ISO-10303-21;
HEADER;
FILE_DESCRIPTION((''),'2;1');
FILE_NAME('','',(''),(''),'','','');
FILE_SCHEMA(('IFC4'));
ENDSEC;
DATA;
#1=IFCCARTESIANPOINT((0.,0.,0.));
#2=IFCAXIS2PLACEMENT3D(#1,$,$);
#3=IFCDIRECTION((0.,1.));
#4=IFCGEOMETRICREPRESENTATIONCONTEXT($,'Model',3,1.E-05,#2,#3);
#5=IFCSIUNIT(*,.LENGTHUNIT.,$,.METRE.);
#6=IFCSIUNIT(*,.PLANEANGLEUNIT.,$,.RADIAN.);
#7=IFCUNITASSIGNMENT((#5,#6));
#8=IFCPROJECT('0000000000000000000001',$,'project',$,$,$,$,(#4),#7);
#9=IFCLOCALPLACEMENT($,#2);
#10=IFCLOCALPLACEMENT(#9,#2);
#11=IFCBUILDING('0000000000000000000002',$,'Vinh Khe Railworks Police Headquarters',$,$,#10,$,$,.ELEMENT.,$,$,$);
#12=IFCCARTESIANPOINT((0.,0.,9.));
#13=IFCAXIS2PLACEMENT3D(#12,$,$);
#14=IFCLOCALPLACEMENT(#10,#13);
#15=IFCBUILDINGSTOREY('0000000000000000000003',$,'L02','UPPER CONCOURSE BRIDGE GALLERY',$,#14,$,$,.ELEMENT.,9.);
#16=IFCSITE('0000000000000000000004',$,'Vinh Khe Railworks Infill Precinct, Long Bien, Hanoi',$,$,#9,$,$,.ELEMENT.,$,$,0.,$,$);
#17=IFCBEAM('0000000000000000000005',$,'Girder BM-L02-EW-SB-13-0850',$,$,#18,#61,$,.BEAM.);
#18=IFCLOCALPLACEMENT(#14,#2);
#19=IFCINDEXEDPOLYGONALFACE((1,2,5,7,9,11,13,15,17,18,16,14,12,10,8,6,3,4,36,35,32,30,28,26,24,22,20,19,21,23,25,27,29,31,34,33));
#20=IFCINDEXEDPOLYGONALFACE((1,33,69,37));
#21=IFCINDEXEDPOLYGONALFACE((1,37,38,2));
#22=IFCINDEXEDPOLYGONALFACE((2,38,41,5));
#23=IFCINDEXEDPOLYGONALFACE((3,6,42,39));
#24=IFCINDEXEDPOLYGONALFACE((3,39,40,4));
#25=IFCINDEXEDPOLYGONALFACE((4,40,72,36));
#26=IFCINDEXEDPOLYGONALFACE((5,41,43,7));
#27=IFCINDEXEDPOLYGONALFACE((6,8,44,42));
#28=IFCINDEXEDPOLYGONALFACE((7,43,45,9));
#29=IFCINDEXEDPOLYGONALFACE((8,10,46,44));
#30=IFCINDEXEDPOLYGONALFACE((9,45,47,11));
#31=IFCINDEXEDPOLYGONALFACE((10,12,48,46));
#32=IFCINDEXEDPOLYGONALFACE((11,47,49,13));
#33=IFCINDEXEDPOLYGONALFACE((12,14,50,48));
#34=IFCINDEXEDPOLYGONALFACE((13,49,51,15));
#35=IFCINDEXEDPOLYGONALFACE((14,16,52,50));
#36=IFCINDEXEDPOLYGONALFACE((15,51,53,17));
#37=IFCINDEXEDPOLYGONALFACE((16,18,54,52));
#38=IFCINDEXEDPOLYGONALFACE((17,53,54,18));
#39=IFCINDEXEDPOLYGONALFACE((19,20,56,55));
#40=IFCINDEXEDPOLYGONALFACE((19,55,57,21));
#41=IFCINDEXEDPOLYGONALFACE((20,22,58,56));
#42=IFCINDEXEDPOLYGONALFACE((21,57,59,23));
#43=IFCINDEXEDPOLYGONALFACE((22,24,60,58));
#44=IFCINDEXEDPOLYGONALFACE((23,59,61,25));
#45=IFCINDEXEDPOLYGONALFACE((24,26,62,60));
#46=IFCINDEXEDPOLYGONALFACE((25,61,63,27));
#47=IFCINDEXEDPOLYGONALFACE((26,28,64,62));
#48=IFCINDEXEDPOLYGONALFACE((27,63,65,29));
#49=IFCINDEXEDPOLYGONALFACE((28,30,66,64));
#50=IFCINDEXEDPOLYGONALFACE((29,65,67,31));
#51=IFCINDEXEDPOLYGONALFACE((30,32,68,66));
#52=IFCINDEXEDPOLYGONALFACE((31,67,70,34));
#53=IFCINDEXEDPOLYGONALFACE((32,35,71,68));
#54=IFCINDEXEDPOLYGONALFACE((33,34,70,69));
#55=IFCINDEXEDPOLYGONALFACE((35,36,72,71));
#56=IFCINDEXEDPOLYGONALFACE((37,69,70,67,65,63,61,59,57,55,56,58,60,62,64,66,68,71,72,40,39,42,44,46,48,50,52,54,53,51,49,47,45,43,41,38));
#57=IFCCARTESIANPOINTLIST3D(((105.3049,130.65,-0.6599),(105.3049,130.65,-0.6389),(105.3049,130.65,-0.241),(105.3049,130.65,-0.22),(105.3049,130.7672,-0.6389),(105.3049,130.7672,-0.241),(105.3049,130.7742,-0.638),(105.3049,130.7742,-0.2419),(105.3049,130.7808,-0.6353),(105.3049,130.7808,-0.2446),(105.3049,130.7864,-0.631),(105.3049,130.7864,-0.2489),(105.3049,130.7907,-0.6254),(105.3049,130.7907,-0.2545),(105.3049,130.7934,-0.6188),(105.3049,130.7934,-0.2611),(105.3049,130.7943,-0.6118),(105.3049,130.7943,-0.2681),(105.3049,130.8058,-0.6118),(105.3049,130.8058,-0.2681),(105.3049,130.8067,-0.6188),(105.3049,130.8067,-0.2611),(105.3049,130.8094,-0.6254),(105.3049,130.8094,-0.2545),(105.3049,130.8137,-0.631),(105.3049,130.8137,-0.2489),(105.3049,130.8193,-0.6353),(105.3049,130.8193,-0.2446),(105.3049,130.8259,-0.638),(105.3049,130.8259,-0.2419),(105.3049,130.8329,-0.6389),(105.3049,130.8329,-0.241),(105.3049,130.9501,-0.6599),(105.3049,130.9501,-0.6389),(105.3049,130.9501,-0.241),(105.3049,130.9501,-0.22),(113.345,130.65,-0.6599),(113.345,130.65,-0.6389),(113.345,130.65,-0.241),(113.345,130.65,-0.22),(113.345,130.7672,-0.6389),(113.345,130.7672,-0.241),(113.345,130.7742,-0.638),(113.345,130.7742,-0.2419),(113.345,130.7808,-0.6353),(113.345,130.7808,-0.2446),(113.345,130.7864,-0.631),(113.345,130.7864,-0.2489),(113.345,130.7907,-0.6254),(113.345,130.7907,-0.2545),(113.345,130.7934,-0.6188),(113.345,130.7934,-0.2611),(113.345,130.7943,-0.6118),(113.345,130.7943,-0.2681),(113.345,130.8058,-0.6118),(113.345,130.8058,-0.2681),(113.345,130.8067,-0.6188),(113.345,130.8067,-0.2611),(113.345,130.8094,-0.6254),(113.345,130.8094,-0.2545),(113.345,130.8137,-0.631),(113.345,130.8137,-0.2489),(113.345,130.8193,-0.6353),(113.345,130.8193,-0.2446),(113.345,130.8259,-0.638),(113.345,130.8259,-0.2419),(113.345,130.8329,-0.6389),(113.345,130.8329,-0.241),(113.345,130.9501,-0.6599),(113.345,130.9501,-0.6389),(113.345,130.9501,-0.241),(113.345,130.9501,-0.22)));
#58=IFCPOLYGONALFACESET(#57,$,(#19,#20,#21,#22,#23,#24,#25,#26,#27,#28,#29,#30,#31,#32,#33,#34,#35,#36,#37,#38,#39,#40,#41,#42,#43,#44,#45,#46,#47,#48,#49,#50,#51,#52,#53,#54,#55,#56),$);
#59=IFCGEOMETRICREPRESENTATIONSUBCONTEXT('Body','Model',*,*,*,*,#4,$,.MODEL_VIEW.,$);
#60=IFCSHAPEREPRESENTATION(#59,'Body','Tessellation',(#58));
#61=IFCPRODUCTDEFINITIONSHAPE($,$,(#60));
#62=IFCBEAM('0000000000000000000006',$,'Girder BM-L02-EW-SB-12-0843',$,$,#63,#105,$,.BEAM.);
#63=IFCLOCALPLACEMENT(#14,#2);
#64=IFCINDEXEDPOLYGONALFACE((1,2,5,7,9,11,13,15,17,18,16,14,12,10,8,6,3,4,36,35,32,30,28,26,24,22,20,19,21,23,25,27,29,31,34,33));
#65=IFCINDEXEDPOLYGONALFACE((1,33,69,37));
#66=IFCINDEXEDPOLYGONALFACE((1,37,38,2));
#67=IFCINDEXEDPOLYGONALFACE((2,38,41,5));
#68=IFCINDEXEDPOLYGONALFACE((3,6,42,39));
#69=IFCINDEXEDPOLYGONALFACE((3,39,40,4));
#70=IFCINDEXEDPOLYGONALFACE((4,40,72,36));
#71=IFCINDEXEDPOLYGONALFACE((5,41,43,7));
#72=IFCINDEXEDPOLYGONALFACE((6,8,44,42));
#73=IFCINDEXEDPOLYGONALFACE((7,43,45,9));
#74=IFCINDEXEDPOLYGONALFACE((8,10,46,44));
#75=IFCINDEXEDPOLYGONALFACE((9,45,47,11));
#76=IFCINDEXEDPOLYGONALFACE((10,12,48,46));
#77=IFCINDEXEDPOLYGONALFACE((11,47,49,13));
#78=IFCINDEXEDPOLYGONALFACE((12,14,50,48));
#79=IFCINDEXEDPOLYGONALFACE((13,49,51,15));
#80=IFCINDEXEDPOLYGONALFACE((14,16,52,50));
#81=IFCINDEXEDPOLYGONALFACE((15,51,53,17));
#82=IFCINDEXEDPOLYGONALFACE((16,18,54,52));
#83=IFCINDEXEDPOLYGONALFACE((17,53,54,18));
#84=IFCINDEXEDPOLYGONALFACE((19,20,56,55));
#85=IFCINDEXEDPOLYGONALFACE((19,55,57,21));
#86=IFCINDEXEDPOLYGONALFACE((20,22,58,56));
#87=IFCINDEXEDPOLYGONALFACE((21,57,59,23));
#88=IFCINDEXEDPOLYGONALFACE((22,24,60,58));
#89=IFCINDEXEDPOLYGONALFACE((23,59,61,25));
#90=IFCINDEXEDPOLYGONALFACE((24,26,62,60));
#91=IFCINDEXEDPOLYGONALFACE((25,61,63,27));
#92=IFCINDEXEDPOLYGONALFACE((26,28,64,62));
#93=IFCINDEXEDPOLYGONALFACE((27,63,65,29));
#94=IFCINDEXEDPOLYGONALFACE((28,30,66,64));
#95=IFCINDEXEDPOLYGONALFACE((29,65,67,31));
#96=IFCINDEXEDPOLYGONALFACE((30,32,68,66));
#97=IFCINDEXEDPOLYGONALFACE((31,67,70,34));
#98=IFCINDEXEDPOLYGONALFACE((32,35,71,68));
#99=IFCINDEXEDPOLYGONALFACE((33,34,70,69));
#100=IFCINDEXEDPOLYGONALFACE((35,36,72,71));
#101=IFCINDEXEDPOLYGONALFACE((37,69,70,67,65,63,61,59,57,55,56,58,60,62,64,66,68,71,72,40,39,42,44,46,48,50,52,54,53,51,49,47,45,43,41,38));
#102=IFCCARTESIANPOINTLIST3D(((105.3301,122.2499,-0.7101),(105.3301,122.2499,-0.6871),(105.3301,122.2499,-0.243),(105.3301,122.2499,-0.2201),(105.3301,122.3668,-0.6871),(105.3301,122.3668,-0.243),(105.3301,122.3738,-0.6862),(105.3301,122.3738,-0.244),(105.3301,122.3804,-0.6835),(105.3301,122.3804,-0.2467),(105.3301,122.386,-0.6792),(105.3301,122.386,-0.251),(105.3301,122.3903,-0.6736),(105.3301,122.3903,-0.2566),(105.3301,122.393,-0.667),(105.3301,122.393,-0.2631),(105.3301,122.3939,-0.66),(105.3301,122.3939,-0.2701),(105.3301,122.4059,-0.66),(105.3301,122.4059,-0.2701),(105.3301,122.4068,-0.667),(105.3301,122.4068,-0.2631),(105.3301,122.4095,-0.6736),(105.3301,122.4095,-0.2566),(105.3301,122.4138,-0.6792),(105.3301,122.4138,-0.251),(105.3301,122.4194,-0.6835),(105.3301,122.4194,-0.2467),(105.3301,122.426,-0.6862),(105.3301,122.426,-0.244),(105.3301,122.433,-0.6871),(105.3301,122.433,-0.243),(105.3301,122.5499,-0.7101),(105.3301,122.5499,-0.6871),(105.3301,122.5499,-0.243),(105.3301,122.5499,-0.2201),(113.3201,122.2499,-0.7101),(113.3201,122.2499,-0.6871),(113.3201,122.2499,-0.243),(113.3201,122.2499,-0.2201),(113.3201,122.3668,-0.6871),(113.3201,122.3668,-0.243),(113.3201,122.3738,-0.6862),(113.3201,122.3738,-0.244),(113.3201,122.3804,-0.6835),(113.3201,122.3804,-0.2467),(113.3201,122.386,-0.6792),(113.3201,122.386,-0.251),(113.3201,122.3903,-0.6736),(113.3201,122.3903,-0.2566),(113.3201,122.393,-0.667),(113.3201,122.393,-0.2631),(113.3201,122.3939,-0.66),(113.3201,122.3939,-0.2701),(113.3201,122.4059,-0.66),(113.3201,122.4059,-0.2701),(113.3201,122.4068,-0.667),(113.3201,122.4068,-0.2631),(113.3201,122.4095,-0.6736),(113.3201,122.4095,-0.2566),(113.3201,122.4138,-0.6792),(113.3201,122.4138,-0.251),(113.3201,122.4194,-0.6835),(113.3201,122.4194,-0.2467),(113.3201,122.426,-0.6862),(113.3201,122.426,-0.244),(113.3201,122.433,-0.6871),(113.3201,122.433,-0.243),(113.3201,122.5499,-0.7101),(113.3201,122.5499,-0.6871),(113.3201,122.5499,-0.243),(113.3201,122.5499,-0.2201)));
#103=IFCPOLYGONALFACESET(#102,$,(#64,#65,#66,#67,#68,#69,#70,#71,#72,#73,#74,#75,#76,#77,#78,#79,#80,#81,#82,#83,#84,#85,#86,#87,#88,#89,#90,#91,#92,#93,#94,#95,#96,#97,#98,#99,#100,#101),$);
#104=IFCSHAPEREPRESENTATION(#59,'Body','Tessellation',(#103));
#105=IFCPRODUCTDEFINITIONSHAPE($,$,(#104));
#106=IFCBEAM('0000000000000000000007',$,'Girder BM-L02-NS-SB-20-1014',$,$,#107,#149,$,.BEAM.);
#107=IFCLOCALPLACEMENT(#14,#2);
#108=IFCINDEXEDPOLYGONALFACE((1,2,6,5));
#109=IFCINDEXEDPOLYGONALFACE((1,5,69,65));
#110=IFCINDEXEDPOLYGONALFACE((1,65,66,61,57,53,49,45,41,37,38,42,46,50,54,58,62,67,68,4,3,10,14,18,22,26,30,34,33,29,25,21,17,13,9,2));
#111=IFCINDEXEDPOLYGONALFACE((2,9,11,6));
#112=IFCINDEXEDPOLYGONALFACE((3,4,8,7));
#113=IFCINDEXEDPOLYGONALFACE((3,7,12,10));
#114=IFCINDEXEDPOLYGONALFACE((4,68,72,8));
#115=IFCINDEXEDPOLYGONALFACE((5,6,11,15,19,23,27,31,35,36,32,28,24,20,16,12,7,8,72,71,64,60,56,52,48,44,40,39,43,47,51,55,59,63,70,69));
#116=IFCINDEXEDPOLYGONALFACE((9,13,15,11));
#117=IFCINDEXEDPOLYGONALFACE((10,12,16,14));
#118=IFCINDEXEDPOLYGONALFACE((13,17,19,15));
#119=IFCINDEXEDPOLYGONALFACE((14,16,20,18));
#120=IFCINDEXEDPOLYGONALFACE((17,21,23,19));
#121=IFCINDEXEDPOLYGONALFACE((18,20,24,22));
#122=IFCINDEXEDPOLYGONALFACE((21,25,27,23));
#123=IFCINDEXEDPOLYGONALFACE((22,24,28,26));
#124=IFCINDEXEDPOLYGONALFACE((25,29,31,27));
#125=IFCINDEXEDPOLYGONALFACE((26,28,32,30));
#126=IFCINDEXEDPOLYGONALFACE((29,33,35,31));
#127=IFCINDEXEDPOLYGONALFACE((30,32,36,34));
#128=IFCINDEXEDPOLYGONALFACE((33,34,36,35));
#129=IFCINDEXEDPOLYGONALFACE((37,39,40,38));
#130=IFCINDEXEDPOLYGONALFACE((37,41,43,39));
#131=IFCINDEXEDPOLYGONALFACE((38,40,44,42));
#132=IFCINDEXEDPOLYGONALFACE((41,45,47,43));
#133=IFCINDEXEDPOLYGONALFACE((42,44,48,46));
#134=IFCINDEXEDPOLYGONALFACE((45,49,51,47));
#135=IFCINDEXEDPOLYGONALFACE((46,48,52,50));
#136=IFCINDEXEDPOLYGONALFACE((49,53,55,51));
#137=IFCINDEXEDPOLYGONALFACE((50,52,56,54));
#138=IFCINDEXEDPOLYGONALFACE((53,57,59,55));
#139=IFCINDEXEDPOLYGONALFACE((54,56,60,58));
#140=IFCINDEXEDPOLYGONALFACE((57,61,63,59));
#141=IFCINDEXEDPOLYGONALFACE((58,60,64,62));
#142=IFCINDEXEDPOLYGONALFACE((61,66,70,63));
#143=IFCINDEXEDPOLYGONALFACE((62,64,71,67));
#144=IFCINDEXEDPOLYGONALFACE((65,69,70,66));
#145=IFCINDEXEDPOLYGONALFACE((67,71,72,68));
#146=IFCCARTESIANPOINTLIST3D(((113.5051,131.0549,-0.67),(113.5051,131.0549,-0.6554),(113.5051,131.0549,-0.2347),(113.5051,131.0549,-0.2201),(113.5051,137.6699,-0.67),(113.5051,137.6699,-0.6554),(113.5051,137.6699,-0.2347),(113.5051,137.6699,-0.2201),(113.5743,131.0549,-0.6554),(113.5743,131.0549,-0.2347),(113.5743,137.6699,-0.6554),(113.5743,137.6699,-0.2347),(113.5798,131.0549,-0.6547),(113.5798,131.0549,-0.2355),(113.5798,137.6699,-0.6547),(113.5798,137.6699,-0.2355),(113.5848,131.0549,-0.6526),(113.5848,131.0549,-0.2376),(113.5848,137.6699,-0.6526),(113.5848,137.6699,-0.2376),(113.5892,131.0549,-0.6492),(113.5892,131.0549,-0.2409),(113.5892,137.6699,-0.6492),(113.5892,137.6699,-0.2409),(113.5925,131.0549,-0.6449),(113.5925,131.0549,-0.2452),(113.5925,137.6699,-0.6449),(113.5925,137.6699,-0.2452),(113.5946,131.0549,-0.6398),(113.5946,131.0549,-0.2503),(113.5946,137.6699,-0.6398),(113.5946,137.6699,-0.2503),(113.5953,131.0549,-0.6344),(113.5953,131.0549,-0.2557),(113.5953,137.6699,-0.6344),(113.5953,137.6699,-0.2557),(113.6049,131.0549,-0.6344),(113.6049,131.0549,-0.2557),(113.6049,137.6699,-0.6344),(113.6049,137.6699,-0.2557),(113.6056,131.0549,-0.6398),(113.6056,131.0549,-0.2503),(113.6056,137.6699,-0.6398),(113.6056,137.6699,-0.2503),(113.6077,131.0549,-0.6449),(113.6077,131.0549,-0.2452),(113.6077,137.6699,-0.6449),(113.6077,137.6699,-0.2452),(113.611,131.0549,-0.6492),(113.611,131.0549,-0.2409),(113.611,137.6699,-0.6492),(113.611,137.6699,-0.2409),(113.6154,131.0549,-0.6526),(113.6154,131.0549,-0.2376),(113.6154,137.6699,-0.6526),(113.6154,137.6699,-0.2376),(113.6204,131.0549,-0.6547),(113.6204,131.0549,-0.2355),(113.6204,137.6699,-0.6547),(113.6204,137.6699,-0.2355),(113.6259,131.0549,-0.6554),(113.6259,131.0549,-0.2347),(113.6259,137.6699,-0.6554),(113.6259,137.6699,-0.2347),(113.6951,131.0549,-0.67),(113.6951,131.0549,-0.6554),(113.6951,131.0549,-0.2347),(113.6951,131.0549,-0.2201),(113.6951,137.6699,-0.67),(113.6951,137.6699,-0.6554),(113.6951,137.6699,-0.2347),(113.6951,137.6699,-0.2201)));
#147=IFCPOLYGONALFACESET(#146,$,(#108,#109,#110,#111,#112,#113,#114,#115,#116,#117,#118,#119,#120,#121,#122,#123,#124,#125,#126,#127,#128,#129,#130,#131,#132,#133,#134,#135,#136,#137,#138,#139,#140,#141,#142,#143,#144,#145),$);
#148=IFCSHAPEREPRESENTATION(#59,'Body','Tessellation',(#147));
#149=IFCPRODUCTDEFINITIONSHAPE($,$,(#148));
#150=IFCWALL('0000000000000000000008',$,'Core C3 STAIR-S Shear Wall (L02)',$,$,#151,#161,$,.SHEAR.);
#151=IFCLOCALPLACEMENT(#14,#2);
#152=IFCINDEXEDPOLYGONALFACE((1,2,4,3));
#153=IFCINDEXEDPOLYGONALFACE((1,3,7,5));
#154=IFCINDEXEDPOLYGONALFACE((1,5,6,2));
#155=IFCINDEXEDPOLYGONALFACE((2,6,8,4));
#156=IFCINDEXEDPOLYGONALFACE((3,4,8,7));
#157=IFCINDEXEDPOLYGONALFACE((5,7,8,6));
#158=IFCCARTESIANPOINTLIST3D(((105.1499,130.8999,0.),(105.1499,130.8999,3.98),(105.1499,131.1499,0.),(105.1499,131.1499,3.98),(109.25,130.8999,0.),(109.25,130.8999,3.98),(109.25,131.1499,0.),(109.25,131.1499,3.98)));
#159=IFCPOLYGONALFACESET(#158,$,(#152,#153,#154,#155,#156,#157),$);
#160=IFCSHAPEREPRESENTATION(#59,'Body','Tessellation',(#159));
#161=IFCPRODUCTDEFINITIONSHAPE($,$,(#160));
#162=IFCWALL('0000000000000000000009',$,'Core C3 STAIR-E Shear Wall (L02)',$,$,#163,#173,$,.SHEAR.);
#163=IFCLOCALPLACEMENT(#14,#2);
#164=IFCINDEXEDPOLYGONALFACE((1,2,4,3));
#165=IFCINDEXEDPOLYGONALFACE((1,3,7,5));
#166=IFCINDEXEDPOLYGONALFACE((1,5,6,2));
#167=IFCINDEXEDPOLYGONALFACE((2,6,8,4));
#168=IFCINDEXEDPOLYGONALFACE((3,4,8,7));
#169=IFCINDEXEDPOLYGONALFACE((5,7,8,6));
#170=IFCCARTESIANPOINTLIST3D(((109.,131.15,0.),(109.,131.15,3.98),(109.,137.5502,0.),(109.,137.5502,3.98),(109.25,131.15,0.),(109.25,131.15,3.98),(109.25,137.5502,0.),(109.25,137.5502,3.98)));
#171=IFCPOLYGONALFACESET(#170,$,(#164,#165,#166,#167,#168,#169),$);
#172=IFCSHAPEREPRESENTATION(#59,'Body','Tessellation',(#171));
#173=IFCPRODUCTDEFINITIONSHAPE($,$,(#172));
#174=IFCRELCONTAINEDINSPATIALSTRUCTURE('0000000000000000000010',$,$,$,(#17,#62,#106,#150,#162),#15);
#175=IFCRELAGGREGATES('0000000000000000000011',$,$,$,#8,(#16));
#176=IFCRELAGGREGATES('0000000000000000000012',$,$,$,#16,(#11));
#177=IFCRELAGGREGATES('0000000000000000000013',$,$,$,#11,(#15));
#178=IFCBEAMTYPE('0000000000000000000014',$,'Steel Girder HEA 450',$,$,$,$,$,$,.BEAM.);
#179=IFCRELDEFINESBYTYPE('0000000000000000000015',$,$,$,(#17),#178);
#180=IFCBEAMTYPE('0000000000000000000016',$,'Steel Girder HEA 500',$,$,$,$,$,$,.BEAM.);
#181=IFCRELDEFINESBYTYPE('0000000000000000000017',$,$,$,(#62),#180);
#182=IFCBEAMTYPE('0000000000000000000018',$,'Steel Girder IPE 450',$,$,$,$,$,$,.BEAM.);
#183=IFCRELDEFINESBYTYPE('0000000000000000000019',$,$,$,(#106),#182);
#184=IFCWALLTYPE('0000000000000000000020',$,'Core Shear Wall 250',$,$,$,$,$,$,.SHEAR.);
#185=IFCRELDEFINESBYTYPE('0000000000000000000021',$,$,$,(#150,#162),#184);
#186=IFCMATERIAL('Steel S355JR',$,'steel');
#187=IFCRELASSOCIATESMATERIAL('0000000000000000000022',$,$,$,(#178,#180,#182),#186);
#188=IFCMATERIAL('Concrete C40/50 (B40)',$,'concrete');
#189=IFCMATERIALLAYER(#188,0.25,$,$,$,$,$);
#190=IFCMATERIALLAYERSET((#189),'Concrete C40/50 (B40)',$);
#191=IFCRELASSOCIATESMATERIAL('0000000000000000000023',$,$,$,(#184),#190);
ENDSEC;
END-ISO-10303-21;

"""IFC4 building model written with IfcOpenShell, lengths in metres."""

from ifc_helpers import new_model, si_unit, direction, frame, frame_2d, origin, origin_2d, place, context, subcontext, project, spatial, rectangle, i_section, extrude, material, layer, layer_set, material_profile, profile_set, type_object, element, save


model = new_model("IFC4")

# Units and contexts
model_context = context("Model", 3, precision=1e-05, world=origin(), true_north=direction((0.0, 1.0)))
body_context = subcontext(model_context, "Body", "Model", "MODEL_VIEW")
ifc_project = project(units=[si_unit("LENGTHUNIT", "METRE"), si_unit("PLANEANGLEUNIT", "RADIAN")], contexts=[model_context])

# Site, building, storey
site_placement = place(None, origin())
site = spatial("IfcSite", under=ifc_project, at=site_placement, Name="Vinh Khe Railworks Infill Precinct, Long Bien, Hanoi", CompositionType="ELEMENT", RefElevation=0.0)
building_placement = place(site_placement, origin())
building = spatial("IfcBuilding", under=site, at=building_placement, Name="Vinh Khe Railworks Police Headquarters", CompositionType="ELEMENT")
storey_placement = place(building_placement, frame((0.0, 0.0, 9.0)))
storey = spatial("IfcBuildingStorey", under=building, at=storey_placement, Name="L02", Description="UPPER CONCOURSE BRIDGE GALLERY", CompositionType="ELEMENT", Elevation=9.0)

# Shared definitions
ifc_material_1 = material(Name="Steel S355JR", Category="steel")

# Beams
ifc_material_profile_1 = material_profile(ifc_material_1, i_section(OverallWidth=0.3, OverallDepth=0.4399, WebThickness=0.0115, FlangeThickness=0.021, FilletRadius=0.0271, at=origin_2d()), Name="HEA 450")
ifc_profile_set_1 = profile_set([ifc_material_profile_1], Name="Steel S355JR")
beam_type_1 = type_object("IfcBeamType", Name="Steel Girder HEA 450", PredefinedType="BEAM", material=ifc_profile_set_1)
beam_1_placement = place(storey_placement, frame((105.3049, 130.8, -0.4399), z_axis=(1.0, 0.0, 0.0), x_axis=(0.0, 1.0, 0.0)))
element("IfcBeam", 1, at=beam_1_placement, inside=storey, type_object=beam_type_1, Name="Girder BM-L02-EW-SB-13-0850", PredefinedType="BEAM", context=body_context, shape_type="SweptSolid", body=[
    extrude(i_section(OverallWidth=0.3, OverallDepth=0.4399, WebThickness=0.0115, FlangeThickness=0.021, FilletRadius=0.0271, at=origin_2d()), origin(), (0.0, 0.0, 1.0), 8.04),
])
ifc_material_profile_2 = material_profile(ifc_material_1, i_section(OverallWidth=0.3, OverallDepth=0.49, WebThickness=0.012, FlangeThickness=0.0229, FilletRadius=0.0271, at=origin_2d()), Name="HEA 500")
ifc_profile_set_2 = profile_set([ifc_material_profile_2], Name="Steel S355JR")
beam_type_2 = type_object("IfcBeamType", Name="Steel Girder HEA 500", PredefinedType="BEAM", material=ifc_profile_set_2)
beam_2_placement = place(storey_placement, frame((105.3301, 122.3999, -0.4651), z_axis=(1.0, 0.0, 0.0), x_axis=(0.0, 1.0, 0.0)))
element("IfcBeam", 2, at=beam_2_placement, inside=storey, type_object=beam_type_2, Name="Girder BM-L02-EW-SB-12-0843", PredefinedType="BEAM", context=body_context, shape_type="SweptSolid", body=[
    extrude(i_section(OverallWidth=0.3, OverallDepth=0.49, WebThickness=0.012, FlangeThickness=0.0229, FilletRadius=0.0271, at=origin_2d()), origin(), (0.0, 0.0, 1.0), 7.99),
])
ifc_material_profile_3 = material_profile(ifc_material_1, i_section(OverallWidth=0.1899, OverallDepth=0.45, WebThickness=0.0095, FlangeThickness=0.0146, FilletRadius=0.021, at=origin_2d()), Name="IPE 450")
ifc_profile_set_3 = profile_set([ifc_material_profile_3], Name="Steel S355JR")
beam_type_3 = type_object("IfcBeamType", Name="Steel Girder IPE 450", PredefinedType="BEAM", material=ifc_profile_set_3)
beam_3_placement = place(storey_placement, frame((113.6001, 131.0549, -0.4451), z_axis=(0.0, 1.0, 0.0), x_axis=(-1.0, 0.0, 0.0)))
element("IfcBeam", 3, at=beam_3_placement, inside=storey, type_object=beam_type_3, Name="Girder BM-L02-NS-SB-20-1014", PredefinedType="BEAM", context=body_context, shape_type="SweptSolid", body=[
    extrude(i_section(OverallWidth=0.1899, OverallDepth=0.45, WebThickness=0.0095, FlangeThickness=0.0146, FilletRadius=0.021, at=origin_2d()), origin(), (0.0, 0.0, 1.0), 6.615),
])

# Wall
ifc_material_2 = material(Name="Concrete C40/50 (B40)", Category="concrete")
ifc_layer_1 = layer(ifc_material_2, 0.25)
ifc_layer_set_1 = layer_set([ifc_layer_1], Name="Concrete C40/50 (B40)")
wall_type_1 = type_object("IfcWallType", Name="Core Shear Wall 250", PredefinedType="SHEAR", material=ifc_layer_set_1)
wall_1_placement = place(storey_placement, frame((105.1499, 131.0249, 0.0), z_axis=(0.0, 0.0, 1.0), x_axis=(1.0, 0.0, 0.0)))
element("IfcWall", 4, at=wall_1_placement, inside=storey, type_object=wall_type_1, Name="Core C3 STAIR-S Shear Wall (L02)", PredefinedType="SHEAR", context=body_context, shape_type="SweptSolid", body=[
    extrude(rectangle(XDim=4.1001, YDim=0.25, at=frame_2d((2.05, 0.0))), origin(), (0.0, 0.0, 1.0), 3.98),
])

# Wall
wall_2_placement = place(storey_placement, frame((109.125, 131.1499, 0.0), z_axis=(0.0, 0.0, 1.0), x_axis=(0.0, 1.0, 0.0)))
element("IfcWall", 5, at=wall_2_placement, inside=storey, type_object=wall_type_1, Name="Core C3 STAIR-E Shear Wall (L02)", PredefinedType="SHEAR", context=body_context, shape_type="SweptSolid", body=[
    extrude(rectangle(XDim=6.4001, YDim=0.25, at=frame_2d((3.2002, 0.0))), origin(), (0.0, 0.0, 1.0), 3.98),
])

save(model, "model.ifc")
